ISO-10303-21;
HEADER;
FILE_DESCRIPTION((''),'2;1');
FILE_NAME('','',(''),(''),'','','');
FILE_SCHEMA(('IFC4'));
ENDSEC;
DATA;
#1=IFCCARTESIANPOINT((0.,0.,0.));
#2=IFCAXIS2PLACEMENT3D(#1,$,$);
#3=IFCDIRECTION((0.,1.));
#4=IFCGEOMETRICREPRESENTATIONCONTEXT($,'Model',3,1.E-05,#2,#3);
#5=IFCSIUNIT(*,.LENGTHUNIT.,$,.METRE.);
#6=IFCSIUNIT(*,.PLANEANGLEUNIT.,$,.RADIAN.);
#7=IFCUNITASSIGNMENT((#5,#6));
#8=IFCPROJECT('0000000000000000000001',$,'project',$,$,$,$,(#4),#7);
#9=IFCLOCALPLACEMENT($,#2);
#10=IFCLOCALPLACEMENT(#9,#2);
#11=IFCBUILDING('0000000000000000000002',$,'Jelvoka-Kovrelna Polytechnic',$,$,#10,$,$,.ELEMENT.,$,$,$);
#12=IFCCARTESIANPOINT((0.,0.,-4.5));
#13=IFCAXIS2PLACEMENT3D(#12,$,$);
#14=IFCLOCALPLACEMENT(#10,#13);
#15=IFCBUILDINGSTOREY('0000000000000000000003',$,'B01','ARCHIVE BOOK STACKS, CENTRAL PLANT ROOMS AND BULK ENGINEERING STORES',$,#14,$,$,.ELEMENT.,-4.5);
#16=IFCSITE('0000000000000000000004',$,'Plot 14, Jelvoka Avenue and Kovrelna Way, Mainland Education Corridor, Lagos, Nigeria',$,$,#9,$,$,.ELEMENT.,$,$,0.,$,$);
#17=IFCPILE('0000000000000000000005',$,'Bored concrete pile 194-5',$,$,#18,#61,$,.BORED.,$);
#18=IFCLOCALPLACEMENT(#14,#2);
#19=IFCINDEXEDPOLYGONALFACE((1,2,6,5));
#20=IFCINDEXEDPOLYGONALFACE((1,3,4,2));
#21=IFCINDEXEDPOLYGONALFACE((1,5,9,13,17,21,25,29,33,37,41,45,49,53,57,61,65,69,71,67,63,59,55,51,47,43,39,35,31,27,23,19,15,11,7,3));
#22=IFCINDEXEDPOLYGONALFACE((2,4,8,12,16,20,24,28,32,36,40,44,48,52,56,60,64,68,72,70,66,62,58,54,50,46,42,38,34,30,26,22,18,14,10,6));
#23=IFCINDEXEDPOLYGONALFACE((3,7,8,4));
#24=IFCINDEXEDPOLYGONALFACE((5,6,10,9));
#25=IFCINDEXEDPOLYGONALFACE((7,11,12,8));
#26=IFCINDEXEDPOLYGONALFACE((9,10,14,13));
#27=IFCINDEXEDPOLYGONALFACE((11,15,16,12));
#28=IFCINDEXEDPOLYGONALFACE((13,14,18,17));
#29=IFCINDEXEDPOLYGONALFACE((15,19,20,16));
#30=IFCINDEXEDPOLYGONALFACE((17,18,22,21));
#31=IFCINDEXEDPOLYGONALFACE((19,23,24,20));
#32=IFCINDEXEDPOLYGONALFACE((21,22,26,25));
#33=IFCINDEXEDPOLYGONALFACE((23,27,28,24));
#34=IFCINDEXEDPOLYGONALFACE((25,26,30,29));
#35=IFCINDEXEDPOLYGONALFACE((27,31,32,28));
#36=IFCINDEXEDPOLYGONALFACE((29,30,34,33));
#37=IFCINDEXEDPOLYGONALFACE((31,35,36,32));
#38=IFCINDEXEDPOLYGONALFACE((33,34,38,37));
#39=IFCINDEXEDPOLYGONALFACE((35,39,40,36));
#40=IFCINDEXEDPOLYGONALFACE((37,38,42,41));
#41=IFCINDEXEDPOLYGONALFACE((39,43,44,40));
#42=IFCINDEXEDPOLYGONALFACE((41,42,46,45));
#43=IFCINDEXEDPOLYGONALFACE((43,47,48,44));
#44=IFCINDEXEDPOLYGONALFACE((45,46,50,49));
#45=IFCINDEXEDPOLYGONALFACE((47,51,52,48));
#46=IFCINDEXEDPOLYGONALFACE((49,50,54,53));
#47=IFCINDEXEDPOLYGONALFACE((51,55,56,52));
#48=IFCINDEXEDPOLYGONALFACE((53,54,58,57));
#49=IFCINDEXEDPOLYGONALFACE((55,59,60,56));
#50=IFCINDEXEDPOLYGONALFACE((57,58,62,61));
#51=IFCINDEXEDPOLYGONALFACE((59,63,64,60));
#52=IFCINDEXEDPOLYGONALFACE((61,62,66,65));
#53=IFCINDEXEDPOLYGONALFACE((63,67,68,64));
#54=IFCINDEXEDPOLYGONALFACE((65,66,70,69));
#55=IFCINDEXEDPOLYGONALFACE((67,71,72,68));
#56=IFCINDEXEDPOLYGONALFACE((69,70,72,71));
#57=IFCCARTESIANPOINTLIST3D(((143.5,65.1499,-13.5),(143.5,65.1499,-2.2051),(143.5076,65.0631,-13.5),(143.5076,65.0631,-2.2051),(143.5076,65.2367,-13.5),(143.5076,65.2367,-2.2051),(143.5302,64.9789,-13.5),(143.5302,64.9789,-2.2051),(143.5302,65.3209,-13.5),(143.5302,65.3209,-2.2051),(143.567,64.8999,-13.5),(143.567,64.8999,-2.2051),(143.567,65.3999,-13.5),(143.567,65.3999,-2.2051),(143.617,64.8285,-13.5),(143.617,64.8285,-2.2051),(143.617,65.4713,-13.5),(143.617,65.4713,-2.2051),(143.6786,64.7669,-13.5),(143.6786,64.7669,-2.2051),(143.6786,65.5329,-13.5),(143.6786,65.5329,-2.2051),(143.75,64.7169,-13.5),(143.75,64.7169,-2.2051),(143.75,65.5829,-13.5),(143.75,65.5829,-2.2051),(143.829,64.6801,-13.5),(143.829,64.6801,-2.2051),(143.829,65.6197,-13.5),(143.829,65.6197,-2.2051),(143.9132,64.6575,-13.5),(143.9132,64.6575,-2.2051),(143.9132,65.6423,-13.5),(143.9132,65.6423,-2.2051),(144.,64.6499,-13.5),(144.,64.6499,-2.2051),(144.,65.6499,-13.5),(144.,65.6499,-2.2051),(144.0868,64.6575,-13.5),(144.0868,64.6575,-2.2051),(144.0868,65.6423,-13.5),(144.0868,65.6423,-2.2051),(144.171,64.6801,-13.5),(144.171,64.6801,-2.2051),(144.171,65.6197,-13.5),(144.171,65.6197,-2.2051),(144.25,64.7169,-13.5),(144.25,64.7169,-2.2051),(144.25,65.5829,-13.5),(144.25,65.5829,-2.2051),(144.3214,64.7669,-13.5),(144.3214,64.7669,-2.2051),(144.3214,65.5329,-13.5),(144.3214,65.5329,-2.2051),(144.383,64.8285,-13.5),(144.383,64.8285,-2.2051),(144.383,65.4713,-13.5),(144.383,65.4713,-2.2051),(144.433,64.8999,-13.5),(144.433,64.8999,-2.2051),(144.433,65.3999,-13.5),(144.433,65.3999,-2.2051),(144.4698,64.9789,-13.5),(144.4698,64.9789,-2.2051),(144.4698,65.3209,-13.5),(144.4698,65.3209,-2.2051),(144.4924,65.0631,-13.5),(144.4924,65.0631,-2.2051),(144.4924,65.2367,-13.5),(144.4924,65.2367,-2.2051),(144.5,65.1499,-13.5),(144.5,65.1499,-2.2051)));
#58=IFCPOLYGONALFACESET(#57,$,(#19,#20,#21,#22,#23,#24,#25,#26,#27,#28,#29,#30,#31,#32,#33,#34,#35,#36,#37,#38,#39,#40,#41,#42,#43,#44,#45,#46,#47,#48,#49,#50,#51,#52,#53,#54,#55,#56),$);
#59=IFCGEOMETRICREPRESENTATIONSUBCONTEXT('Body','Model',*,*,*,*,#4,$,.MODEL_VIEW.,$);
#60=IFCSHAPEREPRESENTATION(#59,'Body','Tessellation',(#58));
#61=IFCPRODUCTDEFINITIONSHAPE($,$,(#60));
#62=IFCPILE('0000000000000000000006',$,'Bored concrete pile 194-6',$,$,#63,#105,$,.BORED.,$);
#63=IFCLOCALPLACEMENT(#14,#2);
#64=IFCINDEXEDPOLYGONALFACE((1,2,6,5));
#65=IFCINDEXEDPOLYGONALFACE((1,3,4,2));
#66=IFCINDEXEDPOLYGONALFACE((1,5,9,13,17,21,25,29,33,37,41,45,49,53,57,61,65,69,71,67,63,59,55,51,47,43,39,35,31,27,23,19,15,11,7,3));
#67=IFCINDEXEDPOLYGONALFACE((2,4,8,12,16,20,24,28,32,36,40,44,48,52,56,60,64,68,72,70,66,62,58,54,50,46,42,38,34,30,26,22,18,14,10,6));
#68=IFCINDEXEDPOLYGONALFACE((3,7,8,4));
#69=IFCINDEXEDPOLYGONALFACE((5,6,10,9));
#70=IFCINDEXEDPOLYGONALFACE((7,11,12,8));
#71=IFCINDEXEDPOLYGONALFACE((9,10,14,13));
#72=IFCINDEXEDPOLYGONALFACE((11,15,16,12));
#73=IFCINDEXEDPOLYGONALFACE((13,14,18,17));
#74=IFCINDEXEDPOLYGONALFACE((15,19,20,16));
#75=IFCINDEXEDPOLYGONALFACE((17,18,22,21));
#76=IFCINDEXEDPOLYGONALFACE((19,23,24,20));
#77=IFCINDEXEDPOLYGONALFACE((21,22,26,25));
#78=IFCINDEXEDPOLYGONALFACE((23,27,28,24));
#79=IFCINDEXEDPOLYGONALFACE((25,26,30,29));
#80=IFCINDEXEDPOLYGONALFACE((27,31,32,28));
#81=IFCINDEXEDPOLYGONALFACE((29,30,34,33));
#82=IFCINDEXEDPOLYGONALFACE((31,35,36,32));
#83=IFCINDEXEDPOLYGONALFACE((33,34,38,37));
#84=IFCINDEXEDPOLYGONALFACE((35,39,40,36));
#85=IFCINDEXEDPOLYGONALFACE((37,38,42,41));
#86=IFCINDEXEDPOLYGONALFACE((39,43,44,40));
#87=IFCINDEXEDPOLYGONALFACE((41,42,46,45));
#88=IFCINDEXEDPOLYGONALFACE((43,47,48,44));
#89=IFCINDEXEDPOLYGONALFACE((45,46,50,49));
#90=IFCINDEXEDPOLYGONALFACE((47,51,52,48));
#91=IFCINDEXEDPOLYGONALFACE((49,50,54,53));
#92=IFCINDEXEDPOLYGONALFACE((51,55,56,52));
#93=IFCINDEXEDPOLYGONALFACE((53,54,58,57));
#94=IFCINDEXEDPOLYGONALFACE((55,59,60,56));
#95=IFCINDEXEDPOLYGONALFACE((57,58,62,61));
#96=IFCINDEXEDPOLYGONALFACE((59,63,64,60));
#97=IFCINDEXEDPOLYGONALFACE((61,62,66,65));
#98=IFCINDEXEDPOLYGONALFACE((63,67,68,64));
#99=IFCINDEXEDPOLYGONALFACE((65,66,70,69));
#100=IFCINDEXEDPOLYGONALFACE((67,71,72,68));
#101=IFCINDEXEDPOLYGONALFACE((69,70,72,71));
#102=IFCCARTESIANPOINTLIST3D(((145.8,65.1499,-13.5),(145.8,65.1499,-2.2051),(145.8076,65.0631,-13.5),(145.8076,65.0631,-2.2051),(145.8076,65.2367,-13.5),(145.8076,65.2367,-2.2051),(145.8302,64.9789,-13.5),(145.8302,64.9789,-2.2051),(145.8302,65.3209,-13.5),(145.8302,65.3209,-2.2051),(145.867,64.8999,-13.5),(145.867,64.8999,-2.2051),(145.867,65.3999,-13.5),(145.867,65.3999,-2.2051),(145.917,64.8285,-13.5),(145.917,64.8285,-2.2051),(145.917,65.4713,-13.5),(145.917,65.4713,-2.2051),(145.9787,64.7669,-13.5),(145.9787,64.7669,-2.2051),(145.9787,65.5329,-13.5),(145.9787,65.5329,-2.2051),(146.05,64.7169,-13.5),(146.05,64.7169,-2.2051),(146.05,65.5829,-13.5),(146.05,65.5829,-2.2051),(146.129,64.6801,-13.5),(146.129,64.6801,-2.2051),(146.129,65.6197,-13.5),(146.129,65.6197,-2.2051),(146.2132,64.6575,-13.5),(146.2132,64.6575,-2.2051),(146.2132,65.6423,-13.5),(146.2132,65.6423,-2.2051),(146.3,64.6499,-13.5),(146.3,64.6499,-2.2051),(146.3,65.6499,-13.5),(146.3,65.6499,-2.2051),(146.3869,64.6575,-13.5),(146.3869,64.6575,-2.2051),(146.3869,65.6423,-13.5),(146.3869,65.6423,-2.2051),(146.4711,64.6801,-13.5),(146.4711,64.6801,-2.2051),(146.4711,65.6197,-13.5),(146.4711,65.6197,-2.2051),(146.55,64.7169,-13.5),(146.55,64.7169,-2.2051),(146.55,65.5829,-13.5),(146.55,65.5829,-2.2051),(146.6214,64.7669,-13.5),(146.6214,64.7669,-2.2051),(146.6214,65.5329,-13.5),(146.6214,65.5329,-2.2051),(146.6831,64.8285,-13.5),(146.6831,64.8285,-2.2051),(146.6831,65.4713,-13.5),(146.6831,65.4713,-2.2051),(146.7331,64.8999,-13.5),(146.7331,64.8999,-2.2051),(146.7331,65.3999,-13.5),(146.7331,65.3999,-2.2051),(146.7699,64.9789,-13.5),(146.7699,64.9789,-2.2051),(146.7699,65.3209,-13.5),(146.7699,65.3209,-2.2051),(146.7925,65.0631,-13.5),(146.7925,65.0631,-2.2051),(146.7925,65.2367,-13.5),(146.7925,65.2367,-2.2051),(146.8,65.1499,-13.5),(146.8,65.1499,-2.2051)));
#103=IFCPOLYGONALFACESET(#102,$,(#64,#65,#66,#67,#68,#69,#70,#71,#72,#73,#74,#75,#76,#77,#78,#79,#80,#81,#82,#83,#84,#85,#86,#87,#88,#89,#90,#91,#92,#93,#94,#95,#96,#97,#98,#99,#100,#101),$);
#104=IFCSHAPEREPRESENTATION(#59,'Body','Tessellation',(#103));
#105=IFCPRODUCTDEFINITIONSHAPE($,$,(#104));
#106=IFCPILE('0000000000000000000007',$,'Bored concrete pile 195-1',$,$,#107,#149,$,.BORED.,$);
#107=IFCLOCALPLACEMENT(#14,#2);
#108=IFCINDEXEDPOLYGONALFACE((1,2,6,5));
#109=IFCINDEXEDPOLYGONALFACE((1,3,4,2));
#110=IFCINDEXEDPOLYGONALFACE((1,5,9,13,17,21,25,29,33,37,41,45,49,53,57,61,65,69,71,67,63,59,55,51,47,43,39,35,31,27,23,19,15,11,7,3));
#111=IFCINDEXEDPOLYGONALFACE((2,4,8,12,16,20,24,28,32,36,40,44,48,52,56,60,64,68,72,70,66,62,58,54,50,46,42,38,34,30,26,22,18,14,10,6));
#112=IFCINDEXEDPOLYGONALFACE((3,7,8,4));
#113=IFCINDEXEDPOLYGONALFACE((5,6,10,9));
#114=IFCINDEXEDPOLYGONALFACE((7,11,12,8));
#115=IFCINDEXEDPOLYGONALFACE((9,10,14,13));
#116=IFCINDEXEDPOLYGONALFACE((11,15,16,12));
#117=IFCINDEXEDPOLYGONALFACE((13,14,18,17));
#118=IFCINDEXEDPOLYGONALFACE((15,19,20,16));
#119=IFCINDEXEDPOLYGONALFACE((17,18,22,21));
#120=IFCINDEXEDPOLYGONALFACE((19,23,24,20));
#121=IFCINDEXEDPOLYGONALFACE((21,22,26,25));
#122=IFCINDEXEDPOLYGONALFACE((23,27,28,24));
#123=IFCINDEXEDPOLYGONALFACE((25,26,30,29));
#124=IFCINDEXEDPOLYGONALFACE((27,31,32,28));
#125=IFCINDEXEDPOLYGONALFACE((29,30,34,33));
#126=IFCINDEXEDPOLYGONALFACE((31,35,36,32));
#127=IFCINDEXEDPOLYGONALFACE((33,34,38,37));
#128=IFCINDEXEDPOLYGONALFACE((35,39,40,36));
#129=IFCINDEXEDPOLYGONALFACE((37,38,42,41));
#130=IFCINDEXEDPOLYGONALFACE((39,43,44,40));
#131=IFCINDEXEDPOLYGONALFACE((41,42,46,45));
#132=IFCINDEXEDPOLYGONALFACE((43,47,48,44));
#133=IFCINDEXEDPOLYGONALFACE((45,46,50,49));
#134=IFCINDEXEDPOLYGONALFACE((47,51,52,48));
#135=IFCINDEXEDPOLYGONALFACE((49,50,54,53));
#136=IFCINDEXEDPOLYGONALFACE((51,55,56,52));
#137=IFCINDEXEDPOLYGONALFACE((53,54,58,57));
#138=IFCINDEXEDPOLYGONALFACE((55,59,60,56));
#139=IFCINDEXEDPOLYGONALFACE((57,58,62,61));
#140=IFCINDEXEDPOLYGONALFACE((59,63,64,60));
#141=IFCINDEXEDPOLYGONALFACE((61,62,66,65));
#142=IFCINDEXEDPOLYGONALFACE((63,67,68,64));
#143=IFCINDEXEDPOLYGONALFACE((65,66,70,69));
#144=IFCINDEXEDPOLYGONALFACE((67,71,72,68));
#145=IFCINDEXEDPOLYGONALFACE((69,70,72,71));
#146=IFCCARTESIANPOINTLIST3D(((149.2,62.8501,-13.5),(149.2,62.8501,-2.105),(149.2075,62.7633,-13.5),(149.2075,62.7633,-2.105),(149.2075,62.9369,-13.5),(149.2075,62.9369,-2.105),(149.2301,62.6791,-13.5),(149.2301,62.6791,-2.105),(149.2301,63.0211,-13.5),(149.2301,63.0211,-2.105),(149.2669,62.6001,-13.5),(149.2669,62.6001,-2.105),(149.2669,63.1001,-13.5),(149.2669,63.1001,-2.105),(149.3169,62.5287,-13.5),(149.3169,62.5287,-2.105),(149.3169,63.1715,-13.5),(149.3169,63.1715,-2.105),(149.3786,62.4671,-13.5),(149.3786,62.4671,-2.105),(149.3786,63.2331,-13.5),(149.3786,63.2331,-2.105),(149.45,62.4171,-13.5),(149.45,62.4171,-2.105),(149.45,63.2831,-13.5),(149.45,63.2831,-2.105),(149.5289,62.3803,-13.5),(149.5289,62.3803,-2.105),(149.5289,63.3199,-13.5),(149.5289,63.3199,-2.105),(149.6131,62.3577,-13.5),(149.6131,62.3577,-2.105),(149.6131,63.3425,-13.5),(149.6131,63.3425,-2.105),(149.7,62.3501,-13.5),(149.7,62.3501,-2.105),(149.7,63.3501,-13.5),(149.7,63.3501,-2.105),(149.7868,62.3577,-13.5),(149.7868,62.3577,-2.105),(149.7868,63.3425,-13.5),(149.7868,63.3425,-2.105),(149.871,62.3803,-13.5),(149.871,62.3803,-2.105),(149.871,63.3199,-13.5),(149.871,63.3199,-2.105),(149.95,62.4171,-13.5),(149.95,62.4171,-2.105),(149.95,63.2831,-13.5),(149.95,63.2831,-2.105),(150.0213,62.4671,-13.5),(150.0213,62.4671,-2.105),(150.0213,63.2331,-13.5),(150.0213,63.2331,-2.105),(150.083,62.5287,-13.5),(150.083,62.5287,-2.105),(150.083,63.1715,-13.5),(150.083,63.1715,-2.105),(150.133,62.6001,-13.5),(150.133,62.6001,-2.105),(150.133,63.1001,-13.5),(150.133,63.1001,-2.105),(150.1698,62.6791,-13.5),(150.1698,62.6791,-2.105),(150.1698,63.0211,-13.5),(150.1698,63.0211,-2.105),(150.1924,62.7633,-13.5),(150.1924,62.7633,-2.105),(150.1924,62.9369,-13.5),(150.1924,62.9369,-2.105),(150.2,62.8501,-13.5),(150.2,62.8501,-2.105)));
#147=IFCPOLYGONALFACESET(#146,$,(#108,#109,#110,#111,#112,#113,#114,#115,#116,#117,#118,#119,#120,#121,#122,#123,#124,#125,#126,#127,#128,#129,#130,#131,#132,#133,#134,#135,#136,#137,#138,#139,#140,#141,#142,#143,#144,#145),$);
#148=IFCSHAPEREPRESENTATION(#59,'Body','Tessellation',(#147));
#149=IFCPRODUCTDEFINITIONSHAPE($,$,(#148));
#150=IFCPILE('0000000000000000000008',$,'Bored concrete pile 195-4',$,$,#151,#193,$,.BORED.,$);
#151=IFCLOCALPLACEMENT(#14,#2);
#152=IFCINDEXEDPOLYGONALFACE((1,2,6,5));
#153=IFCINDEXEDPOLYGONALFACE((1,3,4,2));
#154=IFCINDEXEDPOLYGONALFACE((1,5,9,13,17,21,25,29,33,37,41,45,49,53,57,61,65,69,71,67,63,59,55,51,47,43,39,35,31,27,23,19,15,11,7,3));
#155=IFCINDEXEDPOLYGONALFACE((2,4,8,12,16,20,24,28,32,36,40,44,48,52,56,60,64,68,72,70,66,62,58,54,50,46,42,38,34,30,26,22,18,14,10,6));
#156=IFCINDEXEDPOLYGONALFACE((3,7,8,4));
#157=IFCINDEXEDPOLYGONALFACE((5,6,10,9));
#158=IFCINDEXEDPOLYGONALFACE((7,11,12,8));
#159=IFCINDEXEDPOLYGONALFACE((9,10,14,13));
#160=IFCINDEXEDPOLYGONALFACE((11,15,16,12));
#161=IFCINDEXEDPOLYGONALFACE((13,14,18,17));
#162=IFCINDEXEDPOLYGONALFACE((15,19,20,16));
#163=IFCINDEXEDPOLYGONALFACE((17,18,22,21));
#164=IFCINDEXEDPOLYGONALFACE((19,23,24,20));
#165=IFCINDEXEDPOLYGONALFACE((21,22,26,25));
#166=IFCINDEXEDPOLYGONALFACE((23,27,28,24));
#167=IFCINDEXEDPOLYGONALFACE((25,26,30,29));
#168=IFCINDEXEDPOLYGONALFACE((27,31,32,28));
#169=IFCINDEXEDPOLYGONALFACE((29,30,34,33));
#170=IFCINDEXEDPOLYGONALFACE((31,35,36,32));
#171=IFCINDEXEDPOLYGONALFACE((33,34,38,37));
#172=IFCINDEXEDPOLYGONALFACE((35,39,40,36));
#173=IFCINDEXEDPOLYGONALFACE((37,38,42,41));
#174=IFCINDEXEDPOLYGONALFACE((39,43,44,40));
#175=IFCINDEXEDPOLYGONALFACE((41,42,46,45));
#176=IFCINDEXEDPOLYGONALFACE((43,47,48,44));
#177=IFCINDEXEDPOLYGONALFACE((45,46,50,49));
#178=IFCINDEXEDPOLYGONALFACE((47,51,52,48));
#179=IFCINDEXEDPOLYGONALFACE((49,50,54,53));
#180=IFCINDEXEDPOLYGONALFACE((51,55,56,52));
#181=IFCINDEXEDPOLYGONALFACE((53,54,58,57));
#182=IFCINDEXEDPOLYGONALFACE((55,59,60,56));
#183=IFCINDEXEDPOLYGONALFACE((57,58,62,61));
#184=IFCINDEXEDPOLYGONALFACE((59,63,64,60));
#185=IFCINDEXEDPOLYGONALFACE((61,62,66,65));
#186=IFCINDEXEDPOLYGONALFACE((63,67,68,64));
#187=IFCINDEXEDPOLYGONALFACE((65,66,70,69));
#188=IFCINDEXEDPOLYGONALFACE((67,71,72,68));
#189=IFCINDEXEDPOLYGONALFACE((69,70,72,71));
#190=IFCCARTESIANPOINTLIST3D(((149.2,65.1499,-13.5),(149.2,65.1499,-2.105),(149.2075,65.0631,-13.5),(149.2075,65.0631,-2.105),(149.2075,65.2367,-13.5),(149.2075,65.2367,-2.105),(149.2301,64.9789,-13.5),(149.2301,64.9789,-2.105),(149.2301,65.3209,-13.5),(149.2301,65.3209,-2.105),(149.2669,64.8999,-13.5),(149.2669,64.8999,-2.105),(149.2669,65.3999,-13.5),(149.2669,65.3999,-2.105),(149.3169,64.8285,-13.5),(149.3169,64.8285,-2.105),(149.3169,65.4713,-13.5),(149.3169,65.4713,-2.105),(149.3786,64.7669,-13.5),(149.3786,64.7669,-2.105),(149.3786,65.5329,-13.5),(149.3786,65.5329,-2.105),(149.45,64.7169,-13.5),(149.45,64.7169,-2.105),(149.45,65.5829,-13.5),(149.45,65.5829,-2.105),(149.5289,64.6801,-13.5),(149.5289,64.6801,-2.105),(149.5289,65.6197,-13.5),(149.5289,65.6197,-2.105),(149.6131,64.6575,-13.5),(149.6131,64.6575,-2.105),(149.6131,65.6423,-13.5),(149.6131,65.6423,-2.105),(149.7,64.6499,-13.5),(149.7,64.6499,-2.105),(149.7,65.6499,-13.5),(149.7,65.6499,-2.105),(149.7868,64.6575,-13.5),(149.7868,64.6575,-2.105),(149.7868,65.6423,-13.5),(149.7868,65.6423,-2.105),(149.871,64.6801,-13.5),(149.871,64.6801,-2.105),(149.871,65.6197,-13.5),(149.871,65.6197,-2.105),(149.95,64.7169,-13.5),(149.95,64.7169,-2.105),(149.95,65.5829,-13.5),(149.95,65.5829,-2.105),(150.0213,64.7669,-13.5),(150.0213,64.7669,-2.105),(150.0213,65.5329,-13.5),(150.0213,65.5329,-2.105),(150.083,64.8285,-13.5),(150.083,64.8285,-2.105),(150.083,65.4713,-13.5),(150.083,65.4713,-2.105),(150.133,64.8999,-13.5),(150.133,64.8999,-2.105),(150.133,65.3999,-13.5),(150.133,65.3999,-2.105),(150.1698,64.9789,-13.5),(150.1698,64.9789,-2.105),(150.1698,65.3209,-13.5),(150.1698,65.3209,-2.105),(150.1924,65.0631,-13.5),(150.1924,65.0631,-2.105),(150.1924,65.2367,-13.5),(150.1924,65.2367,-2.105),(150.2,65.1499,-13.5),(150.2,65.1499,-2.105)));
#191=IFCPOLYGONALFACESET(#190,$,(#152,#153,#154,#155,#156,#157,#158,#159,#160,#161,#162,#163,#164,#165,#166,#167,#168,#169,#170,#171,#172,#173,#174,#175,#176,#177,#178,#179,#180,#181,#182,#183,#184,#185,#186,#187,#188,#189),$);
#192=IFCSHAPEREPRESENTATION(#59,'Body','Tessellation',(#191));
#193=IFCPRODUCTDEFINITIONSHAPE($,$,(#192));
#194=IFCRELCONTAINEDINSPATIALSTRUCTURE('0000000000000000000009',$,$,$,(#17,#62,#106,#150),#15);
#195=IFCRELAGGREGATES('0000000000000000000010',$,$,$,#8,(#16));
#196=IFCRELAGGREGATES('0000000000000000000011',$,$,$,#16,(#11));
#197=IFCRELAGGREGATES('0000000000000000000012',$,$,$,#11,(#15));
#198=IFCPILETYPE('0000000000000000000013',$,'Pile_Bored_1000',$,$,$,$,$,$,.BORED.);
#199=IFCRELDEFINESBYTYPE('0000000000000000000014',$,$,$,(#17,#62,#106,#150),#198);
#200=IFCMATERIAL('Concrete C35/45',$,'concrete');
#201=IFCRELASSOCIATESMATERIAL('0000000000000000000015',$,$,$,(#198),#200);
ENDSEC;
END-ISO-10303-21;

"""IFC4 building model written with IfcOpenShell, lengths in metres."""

from ifc_helpers import new_model, si_unit, direction, frame, origin, origin_2d, place, context, subcontext, project, spatial, circle, extrude, material, material_profile, profile_set, type_object, element, save


model = new_model("IFC4")

# Units and contexts
model_context = context("Model", 3, precision=1e-05, world=origin(), true_north=direction((0.0, 1.0)))
body_context = subcontext(model_context, "Body", "Model", "MODEL_VIEW")
ifc_project = project(units=[si_unit("LENGTHUNIT", "METRE"), si_unit("PLANEANGLEUNIT", "RADIAN")], contexts=[model_context])

# Site, building, storey
site_placement = place(None, origin())
site = spatial("IfcSite", under=ifc_project, at=site_placement, Name="Plot 14, Jelvoka Avenue and Kovrelna Way, Mainland Education Corridor, Lagos, Nigeria", CompositionType="ELEMENT", RefElevation=0.0)
building_placement = place(site_placement, origin())
building = spatial("IfcBuilding", under=site, at=building_placement, Name="Jelvoka-Kovrelna Polytechnic", CompositionType="ELEMENT")
storey_placement = place(building_placement, frame((0.0, 0.0, -4.5)))
storey = spatial("IfcBuildingStorey", under=building, at=storey_placement, Name="B01", Description="ARCHIVE BOOK STACKS, CENTRAL PLANT ROOMS AND BULK ENGINEERING STORES", CompositionType="ELEMENT", Elevation=-4.5)

# Piles
ifc_material_1 = material(Name="Concrete C35/45", Category="concrete")
ifc_material_profile_1 = material_profile(ifc_material_1, circle(Radius=0.5, at=origin_2d()), Name="PILE D1000")
ifc_profile_set_1 = profile_set([ifc_material_profile_1], Name="Concrete C35/45")
pile_type = type_object("IfcPileType", Name="Pile_Bored_1000", PredefinedType="BORED", material=ifc_profile_set_1)
for number, where, z_axis, x_axis, name in (
    (1, (144.0, 65.1499, -2.2051), (0.0, 0.0, -1.0), (1.0, 0.0, 0.0), "Bored concrete pile 194-5"),
    (2, (146.3, 65.1499, -2.2051), (0.0, 0.0, -1.0), (1.0, 0.0, 0.0), "Bored concrete pile 194-6"),
):
    element("IfcPile", number, at=place(storey_placement, frame(where, z_axis=z_axis, x_axis=x_axis)), inside=storey, type_object=pile_type, Name=name, PredefinedType="BORED", context=body_context, shape_type="SweptSolid", body=[
        extrude(circle(Radius=0.5, at=origin_2d()), origin(), (0.0, 0.0, 1.0), 11.2949),
    ])
for number, where, z_axis, x_axis, name in (
    (3, (149.7, 62.8501, -2.105), (0.0, 0.0, -1.0), (1.0, 0.0, 0.0), "Bored concrete pile 195-1"),
    (4, (149.7, 65.1499, -2.105), (0.0, 0.0, -1.0), (1.0, 0.0, 0.0), "Bored concrete pile 195-4"),
):
    element("IfcPile", number, at=place(storey_placement, frame(where, z_axis=z_axis, x_axis=x_axis)), inside=storey, type_object=pile_type, Name=name, PredefinedType="BORED", context=body_context, shape_type="SweptSolid", body=[
        extrude(circle(Radius=0.5, at=origin_2d()), origin(), (0.0, 0.0, 1.0), 11.395),
    ])

save(model, "model.ifc")
